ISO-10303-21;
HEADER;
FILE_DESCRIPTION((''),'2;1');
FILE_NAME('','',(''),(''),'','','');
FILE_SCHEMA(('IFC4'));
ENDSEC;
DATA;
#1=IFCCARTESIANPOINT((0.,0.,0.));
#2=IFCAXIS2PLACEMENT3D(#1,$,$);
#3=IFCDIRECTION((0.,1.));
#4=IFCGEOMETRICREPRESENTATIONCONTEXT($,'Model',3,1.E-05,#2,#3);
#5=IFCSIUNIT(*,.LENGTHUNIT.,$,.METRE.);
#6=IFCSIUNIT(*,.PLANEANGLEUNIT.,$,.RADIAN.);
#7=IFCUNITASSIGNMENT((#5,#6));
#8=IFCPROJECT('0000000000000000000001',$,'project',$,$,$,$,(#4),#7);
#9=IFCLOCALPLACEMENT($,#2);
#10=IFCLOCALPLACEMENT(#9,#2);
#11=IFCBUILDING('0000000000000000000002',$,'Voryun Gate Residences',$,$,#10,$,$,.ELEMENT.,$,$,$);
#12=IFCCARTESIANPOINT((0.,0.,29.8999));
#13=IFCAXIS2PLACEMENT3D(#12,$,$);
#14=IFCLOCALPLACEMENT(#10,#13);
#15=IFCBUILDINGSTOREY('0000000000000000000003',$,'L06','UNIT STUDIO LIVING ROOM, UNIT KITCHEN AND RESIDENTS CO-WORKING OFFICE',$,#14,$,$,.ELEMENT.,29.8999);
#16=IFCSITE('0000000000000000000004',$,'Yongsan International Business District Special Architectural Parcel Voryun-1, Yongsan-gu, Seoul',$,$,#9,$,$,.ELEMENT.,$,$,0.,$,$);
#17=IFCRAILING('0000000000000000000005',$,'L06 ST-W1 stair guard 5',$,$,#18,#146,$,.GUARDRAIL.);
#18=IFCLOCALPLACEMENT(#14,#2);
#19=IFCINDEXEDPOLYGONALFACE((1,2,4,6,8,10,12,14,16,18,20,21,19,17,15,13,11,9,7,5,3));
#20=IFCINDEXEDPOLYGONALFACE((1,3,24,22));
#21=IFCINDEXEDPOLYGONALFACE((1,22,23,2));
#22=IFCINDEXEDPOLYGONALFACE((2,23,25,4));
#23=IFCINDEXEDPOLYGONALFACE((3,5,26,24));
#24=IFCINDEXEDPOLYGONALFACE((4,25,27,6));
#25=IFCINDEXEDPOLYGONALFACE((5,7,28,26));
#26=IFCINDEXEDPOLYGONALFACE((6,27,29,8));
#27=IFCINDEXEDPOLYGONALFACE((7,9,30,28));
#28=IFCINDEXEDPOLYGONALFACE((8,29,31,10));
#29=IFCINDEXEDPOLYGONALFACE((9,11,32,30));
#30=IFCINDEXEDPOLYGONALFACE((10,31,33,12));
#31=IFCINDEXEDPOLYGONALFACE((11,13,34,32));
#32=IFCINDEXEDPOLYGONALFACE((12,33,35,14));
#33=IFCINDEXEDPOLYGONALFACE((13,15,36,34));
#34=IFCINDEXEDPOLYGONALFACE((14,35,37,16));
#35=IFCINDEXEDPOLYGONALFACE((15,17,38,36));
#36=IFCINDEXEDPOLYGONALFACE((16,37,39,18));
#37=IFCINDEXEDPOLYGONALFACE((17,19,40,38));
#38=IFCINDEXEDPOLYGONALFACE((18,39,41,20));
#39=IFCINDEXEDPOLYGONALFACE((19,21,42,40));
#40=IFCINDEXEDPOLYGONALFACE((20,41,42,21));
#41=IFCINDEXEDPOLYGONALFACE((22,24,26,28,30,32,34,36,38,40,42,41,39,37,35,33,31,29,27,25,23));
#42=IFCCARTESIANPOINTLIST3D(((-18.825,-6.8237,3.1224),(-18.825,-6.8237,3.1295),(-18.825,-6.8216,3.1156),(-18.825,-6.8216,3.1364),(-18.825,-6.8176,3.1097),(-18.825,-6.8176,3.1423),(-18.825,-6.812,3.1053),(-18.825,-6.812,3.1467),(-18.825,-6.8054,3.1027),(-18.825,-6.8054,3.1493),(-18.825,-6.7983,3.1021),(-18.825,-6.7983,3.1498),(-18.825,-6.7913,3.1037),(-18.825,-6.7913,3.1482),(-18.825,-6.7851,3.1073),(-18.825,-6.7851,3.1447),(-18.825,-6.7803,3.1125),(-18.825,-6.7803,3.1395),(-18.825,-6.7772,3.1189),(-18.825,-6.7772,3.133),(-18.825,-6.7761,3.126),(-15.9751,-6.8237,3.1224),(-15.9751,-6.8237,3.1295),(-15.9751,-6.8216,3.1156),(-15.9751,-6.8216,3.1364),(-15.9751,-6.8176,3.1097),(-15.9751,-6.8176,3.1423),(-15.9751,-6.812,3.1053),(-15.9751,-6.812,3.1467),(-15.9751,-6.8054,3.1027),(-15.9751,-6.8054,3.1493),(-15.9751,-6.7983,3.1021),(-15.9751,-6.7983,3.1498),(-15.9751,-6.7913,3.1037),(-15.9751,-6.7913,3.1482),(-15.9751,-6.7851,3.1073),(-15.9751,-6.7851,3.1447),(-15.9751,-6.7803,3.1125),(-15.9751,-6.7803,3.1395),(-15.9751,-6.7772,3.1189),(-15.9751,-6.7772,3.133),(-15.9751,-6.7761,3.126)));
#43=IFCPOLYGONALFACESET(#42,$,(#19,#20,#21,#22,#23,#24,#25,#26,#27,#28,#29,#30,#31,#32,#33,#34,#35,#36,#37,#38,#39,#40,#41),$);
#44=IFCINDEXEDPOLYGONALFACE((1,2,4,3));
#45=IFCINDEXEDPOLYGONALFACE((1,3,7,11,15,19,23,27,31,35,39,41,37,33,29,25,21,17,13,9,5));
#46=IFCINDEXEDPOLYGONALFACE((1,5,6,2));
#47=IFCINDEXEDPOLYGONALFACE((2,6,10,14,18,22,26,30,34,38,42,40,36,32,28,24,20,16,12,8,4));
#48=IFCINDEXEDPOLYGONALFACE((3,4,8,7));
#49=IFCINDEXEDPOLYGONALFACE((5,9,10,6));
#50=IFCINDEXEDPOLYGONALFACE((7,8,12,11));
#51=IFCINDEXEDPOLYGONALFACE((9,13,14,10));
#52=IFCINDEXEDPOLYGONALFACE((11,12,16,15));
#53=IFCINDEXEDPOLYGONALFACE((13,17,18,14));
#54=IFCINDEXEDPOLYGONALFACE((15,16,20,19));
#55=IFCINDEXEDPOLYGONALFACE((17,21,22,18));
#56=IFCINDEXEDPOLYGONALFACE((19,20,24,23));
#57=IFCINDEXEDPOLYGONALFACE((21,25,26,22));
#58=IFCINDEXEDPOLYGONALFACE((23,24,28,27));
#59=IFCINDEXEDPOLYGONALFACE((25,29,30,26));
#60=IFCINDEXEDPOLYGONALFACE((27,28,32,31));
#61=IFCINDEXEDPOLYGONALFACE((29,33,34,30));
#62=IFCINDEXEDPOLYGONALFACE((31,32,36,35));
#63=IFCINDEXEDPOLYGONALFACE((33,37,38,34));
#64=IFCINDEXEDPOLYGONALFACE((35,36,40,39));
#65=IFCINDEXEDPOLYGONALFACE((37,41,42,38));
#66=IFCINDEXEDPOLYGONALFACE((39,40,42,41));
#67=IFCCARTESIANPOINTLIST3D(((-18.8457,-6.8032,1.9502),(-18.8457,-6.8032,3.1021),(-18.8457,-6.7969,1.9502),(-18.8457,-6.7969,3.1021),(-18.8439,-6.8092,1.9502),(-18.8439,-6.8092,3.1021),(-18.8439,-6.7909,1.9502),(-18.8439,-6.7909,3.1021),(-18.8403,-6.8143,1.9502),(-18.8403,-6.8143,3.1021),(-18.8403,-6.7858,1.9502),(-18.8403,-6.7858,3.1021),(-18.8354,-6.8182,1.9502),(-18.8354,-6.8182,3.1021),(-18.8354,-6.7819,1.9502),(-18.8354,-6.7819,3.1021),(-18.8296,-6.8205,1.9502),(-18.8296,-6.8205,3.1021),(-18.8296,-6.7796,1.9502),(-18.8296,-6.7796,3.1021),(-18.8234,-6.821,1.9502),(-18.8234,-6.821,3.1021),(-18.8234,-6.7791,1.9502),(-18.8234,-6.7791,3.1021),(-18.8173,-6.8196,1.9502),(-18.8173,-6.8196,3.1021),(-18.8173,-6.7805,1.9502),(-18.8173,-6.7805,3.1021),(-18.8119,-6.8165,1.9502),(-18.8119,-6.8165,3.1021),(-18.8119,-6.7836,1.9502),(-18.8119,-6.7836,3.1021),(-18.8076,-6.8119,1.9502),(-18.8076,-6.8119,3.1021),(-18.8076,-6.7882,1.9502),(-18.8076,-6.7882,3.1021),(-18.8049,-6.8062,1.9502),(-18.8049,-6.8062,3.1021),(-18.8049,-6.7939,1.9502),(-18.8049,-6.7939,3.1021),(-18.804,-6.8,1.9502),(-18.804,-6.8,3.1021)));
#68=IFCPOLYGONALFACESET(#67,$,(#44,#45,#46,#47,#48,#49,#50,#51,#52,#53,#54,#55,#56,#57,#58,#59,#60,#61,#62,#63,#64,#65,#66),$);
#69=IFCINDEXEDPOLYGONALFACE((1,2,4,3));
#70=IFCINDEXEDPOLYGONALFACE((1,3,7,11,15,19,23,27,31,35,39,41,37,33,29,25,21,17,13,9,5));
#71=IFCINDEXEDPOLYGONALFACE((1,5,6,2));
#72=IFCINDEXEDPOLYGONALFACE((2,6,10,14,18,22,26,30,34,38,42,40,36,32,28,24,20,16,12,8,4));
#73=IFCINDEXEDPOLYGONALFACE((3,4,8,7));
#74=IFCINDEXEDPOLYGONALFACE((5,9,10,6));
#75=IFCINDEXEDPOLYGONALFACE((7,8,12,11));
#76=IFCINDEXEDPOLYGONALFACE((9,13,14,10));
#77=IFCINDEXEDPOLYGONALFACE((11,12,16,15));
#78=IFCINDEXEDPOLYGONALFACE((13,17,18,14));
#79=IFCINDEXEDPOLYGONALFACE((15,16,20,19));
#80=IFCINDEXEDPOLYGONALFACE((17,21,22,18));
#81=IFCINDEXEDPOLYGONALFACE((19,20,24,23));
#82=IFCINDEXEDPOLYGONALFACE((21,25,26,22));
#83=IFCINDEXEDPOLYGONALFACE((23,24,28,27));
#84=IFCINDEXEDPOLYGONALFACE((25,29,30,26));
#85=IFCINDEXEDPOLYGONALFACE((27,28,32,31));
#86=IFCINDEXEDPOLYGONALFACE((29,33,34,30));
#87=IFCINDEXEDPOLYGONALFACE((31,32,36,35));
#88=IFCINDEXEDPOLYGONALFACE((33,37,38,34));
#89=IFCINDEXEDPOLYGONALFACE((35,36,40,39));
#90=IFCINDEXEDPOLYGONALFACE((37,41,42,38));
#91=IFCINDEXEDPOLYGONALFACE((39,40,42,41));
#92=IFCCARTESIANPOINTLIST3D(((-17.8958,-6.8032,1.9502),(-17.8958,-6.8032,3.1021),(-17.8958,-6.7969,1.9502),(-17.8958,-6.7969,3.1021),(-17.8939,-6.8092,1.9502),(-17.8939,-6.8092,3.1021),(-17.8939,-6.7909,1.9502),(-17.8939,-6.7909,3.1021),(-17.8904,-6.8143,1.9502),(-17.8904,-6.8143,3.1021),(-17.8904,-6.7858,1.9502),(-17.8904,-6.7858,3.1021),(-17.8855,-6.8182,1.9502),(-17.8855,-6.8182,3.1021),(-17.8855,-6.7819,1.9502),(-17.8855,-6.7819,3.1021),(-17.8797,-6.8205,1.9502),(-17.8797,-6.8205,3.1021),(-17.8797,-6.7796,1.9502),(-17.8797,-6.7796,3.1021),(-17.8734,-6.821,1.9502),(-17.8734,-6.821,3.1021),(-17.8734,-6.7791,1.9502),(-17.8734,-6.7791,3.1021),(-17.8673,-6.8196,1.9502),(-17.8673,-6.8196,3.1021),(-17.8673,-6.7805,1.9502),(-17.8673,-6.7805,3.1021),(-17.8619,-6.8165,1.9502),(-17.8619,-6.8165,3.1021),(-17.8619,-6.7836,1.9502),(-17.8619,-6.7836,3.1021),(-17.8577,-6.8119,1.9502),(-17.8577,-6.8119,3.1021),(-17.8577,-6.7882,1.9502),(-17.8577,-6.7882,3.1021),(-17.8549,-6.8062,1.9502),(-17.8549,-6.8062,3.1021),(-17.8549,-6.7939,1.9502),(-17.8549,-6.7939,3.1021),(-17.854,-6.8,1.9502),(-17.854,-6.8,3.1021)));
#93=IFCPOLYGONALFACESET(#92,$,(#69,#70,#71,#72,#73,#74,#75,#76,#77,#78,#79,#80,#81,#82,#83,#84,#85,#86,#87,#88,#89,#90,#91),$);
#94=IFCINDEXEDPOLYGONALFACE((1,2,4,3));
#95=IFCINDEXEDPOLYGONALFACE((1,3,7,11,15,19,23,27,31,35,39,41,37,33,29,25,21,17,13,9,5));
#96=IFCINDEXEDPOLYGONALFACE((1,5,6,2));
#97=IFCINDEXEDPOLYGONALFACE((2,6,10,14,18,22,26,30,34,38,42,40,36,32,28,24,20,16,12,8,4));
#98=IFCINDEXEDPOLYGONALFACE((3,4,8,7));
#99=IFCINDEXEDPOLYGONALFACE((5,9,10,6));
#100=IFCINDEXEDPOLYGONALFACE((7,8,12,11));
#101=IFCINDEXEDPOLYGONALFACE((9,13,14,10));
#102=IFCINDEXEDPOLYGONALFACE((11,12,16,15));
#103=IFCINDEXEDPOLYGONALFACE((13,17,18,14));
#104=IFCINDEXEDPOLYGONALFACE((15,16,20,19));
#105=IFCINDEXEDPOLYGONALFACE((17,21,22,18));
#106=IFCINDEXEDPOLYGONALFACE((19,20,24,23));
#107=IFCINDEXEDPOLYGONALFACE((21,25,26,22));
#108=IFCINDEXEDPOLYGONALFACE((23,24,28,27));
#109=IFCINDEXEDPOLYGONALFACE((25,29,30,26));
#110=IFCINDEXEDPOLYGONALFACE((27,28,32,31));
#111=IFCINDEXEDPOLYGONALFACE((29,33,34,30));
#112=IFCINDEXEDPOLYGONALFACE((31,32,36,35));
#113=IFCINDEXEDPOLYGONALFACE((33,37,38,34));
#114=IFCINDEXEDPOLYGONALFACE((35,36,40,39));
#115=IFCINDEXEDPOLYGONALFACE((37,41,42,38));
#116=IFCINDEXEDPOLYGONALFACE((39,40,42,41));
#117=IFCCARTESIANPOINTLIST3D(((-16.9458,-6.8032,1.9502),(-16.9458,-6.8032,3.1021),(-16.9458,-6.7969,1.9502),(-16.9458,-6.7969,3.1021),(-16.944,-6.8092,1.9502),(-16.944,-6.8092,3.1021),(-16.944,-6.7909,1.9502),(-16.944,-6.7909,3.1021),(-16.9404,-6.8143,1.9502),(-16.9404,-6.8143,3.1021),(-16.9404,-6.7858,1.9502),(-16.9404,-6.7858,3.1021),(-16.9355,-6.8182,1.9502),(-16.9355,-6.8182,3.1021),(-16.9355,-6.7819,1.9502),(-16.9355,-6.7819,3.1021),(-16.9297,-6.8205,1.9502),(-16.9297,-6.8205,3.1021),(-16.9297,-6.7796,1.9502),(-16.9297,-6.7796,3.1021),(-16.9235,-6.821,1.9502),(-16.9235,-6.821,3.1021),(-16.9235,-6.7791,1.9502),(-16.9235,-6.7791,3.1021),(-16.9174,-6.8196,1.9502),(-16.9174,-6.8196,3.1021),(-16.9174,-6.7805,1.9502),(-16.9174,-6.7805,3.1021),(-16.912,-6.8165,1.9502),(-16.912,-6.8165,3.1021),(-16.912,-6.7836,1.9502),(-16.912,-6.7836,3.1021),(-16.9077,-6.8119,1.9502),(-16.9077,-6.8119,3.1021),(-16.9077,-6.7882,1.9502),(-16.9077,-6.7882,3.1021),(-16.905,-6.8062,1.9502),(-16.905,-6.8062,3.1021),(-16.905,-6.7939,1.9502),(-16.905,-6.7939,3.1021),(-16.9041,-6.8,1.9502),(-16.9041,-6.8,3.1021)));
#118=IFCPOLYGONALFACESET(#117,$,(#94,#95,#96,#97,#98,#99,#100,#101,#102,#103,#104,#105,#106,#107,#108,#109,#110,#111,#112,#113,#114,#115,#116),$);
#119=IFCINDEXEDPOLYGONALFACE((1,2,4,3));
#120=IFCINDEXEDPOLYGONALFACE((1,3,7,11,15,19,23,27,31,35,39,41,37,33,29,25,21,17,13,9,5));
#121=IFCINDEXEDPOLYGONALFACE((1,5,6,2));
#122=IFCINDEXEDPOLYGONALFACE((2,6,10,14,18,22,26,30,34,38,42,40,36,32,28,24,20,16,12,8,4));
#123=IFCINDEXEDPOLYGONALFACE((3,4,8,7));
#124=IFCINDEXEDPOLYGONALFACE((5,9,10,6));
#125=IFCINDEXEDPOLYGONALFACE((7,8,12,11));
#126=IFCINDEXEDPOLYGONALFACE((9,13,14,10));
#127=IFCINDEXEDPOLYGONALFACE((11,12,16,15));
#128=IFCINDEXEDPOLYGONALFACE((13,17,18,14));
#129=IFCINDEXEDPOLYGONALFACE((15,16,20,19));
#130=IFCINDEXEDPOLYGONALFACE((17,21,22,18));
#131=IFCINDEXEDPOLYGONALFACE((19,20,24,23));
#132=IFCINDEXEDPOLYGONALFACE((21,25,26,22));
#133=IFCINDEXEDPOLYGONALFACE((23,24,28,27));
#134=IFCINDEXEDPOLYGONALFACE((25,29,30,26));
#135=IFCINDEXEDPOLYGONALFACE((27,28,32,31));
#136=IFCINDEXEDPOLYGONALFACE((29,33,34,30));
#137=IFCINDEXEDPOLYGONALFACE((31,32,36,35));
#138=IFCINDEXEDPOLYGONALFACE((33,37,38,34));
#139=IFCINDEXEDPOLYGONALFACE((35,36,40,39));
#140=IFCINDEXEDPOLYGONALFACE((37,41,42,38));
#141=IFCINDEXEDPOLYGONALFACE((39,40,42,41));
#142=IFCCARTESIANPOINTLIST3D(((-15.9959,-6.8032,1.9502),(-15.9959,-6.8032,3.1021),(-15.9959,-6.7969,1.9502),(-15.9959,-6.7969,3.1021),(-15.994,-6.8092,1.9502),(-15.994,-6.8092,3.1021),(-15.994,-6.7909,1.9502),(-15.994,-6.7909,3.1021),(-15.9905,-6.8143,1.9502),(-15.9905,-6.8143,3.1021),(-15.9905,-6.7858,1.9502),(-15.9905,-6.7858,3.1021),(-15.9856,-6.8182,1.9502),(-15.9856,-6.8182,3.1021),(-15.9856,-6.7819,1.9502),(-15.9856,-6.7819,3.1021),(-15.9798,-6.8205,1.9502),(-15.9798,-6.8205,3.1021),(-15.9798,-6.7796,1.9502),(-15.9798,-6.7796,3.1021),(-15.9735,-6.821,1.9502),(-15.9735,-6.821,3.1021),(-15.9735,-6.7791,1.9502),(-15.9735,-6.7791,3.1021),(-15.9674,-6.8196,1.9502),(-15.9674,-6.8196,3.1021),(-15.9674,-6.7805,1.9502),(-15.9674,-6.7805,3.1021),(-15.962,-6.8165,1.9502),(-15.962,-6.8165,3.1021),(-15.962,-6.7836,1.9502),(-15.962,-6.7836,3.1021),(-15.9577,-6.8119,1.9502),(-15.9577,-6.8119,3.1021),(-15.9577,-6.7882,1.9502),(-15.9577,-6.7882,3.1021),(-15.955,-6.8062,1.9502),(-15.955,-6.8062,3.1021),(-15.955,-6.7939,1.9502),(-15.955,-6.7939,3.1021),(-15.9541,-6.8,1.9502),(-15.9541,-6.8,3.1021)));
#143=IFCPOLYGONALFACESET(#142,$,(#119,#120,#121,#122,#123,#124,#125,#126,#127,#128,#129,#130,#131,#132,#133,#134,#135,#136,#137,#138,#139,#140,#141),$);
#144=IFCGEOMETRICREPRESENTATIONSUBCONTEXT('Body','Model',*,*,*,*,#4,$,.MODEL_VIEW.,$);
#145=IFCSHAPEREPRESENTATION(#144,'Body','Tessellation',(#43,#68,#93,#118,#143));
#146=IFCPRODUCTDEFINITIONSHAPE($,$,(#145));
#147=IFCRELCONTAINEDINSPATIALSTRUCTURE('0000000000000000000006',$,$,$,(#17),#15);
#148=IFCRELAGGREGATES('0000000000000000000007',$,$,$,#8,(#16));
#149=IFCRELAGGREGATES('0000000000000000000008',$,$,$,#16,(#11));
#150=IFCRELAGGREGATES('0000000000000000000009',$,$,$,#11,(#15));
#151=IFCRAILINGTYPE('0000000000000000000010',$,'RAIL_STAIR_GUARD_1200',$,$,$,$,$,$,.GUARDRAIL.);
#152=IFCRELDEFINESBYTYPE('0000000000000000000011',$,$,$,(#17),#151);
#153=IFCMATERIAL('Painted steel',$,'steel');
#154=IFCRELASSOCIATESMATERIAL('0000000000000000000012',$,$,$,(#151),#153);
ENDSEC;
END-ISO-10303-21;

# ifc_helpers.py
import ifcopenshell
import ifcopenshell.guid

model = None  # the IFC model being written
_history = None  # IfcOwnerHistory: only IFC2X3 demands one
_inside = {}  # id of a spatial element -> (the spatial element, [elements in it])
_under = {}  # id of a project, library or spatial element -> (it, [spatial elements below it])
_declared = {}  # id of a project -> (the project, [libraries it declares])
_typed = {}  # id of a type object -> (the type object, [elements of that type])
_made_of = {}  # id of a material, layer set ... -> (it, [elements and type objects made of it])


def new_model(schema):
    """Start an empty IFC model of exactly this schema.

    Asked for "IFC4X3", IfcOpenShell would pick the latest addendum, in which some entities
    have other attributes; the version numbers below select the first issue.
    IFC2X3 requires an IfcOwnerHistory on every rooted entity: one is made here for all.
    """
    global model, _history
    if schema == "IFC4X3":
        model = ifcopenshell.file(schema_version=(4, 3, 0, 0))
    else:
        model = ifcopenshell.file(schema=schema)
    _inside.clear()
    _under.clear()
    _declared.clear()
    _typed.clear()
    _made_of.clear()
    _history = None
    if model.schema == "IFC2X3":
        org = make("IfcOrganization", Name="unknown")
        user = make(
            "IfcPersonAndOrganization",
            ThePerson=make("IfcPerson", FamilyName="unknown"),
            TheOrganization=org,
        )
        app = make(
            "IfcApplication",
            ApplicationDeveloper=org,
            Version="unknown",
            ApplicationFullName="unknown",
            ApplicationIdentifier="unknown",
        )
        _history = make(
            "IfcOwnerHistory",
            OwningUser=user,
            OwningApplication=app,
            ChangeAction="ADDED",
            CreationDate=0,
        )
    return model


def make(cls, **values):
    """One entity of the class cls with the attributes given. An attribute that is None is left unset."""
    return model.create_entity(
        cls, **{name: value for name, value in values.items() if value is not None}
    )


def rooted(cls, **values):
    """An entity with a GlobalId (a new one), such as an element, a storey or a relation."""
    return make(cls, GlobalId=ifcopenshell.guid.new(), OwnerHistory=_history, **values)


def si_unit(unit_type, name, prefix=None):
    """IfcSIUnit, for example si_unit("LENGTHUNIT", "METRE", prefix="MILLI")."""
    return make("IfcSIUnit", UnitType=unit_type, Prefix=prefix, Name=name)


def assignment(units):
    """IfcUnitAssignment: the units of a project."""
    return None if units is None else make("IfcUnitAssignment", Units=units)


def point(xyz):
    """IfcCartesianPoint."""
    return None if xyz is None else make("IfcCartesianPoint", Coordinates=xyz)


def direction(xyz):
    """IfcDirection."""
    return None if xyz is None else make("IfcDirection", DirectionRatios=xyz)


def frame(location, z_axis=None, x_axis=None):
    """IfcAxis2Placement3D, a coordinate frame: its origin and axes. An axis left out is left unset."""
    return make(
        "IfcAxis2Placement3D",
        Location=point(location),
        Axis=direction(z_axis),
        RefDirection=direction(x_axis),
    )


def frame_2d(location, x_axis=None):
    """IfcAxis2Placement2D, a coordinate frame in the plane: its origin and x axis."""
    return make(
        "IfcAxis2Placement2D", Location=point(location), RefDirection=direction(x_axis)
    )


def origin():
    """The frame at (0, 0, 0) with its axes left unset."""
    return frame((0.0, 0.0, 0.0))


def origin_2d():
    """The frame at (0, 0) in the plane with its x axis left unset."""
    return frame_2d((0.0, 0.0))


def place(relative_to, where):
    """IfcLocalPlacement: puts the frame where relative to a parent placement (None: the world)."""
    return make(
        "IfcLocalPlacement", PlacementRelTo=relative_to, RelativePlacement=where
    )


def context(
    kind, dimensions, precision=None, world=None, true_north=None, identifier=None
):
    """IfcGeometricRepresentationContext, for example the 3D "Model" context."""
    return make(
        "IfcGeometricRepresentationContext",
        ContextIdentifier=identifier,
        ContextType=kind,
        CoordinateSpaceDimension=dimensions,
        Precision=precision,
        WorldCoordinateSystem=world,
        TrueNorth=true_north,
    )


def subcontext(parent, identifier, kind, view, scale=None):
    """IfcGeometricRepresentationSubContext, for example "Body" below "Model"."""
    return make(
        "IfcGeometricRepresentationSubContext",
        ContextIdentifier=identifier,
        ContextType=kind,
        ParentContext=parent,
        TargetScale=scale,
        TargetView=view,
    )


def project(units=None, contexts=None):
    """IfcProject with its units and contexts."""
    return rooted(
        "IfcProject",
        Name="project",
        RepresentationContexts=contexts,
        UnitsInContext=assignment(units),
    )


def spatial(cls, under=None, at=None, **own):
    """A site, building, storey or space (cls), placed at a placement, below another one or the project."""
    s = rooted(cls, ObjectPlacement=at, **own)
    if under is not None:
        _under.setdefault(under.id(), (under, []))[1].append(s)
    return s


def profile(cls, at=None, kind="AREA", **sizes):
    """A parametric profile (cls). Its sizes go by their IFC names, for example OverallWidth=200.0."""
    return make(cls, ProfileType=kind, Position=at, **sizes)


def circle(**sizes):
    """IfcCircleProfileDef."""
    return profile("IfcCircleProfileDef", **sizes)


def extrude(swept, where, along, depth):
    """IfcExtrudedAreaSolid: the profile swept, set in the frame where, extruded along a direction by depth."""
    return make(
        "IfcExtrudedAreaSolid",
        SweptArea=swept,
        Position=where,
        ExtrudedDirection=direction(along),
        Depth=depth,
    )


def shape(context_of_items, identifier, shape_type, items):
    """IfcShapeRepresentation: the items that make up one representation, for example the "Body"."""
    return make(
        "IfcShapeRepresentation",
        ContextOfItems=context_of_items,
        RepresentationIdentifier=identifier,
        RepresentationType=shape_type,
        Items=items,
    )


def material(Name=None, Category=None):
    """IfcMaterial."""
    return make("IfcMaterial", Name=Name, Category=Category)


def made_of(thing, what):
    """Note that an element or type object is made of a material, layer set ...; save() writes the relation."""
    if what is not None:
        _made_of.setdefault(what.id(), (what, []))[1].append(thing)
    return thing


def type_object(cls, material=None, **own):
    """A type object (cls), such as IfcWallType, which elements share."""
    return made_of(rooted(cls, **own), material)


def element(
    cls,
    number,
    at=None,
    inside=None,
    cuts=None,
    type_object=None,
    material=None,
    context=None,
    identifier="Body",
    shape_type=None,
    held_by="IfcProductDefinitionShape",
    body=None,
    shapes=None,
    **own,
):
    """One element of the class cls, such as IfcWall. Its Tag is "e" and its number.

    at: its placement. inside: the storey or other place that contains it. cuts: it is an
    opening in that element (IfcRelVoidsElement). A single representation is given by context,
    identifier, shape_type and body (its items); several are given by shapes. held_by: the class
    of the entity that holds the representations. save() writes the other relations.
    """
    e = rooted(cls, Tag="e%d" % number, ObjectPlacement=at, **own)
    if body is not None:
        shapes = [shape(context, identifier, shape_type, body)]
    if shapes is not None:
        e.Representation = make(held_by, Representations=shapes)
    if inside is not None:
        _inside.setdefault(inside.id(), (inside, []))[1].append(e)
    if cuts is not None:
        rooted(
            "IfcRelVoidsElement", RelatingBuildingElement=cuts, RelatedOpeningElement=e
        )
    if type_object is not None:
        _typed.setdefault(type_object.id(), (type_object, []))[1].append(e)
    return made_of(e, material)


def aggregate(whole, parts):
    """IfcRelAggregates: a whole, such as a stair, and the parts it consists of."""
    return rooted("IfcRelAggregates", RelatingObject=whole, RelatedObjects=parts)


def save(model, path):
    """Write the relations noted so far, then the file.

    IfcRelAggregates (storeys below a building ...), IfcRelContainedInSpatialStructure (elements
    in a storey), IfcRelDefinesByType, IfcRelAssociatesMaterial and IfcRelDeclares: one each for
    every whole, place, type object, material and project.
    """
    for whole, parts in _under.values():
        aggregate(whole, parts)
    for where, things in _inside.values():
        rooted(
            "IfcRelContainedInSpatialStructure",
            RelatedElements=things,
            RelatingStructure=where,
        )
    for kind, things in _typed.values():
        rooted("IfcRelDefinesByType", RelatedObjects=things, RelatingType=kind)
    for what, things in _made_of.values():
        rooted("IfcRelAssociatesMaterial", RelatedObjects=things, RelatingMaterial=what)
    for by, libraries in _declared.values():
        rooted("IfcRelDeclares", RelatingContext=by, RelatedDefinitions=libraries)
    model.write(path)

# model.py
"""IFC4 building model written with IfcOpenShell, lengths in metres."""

from ifc_helpers import new_model, si_unit, direction, frame, origin, origin_2d, place, context, subcontext, project, spatial, circle, extrude, material, type_object, element, save


model = new_model("IFC4")

# Units and contexts
model_context = context("Model", 3, precision=1e-05, world=origin(), true_north=direction((0.0, 1.0)))
body_context = subcontext(model_context, "Body", "Model", "MODEL_VIEW")
ifc_project = project(units=[si_unit("LENGTHUNIT", "METRE"), si_unit("PLANEANGLEUNIT", "RADIAN")], contexts=[model_context])

# Site, building, storey
site_placement = place(None, origin())
site = spatial("IfcSite", under=ifc_project, at=site_placement, Name="Yongsan International Business District Special Architectural Parcel Voryun-1, Yongsan-gu, Seoul", CompositionType="ELEMENT", RefElevation=0.0)
building_placement = place(site_placement, origin())
building = spatial("IfcBuilding", under=site, at=building_placement, Name="Voryun Gate Residences", CompositionType="ELEMENT")
storey_placement = place(building_placement, frame((0.0, 0.0, 29.8999)))
storey = spatial("IfcBuildingStorey", under=building, at=storey_placement, Name="L06", Description="UNIT STUDIO LIVING ROOM, UNIT KITCHEN AND RESIDENTS CO-WORKING OFFICE", CompositionType="ELEMENT", Elevation=29.8999)

# Railing
ifc_material_1 = material(Name="Painted steel", Category="steel")
railing_type_1 = type_object("IfcRailingType", Name="RAIL_STAIR_GUARD_1200", PredefinedType="GUARDRAIL", material=ifc_material_1)
railing_1_placement = place(storey_placement, frame((-18.825, -6.8, 1.9502)))
element("IfcRailing", 1, at=railing_1_placement, inside=storey, type_object=railing_type_1, Name="L06 ST-W1 stair guard 5", PredefinedType="GUARDRAIL", context=body_context, shape_type="SweptSolid", body=[
    extrude(circle(Radius=0.0239, at=origin_2d()), frame((0.0, 0.0, 1.1758), z_axis=(1.0, 0.0, 0.0), x_axis=(0.0, 1.0, 0.0)), (0.0, 0.0, 1.0), 2.8499),
    extrude(circle(Radius=0.021, at=origin_2d()), origin(), (0.0, 0.0, 1.0), 1.1519),
    extrude(circle(Radius=0.021, at=origin_2d()), frame((0.95, 0.0, 0.0)), (0.0, 0.0, 1.0), 1.1519),
    extrude(circle(Radius=0.021, at=origin_2d()), frame((1.8999, 0.0, 0.0)), (0.0, 0.0, 1.0), 1.1519),
    extrude(circle(Radius=0.021, at=origin_2d()), frame((2.8499, 0.0, 0.0)), (0.0, 0.0, 1.0), 1.1519),
])

save(model, "model.ifc")
